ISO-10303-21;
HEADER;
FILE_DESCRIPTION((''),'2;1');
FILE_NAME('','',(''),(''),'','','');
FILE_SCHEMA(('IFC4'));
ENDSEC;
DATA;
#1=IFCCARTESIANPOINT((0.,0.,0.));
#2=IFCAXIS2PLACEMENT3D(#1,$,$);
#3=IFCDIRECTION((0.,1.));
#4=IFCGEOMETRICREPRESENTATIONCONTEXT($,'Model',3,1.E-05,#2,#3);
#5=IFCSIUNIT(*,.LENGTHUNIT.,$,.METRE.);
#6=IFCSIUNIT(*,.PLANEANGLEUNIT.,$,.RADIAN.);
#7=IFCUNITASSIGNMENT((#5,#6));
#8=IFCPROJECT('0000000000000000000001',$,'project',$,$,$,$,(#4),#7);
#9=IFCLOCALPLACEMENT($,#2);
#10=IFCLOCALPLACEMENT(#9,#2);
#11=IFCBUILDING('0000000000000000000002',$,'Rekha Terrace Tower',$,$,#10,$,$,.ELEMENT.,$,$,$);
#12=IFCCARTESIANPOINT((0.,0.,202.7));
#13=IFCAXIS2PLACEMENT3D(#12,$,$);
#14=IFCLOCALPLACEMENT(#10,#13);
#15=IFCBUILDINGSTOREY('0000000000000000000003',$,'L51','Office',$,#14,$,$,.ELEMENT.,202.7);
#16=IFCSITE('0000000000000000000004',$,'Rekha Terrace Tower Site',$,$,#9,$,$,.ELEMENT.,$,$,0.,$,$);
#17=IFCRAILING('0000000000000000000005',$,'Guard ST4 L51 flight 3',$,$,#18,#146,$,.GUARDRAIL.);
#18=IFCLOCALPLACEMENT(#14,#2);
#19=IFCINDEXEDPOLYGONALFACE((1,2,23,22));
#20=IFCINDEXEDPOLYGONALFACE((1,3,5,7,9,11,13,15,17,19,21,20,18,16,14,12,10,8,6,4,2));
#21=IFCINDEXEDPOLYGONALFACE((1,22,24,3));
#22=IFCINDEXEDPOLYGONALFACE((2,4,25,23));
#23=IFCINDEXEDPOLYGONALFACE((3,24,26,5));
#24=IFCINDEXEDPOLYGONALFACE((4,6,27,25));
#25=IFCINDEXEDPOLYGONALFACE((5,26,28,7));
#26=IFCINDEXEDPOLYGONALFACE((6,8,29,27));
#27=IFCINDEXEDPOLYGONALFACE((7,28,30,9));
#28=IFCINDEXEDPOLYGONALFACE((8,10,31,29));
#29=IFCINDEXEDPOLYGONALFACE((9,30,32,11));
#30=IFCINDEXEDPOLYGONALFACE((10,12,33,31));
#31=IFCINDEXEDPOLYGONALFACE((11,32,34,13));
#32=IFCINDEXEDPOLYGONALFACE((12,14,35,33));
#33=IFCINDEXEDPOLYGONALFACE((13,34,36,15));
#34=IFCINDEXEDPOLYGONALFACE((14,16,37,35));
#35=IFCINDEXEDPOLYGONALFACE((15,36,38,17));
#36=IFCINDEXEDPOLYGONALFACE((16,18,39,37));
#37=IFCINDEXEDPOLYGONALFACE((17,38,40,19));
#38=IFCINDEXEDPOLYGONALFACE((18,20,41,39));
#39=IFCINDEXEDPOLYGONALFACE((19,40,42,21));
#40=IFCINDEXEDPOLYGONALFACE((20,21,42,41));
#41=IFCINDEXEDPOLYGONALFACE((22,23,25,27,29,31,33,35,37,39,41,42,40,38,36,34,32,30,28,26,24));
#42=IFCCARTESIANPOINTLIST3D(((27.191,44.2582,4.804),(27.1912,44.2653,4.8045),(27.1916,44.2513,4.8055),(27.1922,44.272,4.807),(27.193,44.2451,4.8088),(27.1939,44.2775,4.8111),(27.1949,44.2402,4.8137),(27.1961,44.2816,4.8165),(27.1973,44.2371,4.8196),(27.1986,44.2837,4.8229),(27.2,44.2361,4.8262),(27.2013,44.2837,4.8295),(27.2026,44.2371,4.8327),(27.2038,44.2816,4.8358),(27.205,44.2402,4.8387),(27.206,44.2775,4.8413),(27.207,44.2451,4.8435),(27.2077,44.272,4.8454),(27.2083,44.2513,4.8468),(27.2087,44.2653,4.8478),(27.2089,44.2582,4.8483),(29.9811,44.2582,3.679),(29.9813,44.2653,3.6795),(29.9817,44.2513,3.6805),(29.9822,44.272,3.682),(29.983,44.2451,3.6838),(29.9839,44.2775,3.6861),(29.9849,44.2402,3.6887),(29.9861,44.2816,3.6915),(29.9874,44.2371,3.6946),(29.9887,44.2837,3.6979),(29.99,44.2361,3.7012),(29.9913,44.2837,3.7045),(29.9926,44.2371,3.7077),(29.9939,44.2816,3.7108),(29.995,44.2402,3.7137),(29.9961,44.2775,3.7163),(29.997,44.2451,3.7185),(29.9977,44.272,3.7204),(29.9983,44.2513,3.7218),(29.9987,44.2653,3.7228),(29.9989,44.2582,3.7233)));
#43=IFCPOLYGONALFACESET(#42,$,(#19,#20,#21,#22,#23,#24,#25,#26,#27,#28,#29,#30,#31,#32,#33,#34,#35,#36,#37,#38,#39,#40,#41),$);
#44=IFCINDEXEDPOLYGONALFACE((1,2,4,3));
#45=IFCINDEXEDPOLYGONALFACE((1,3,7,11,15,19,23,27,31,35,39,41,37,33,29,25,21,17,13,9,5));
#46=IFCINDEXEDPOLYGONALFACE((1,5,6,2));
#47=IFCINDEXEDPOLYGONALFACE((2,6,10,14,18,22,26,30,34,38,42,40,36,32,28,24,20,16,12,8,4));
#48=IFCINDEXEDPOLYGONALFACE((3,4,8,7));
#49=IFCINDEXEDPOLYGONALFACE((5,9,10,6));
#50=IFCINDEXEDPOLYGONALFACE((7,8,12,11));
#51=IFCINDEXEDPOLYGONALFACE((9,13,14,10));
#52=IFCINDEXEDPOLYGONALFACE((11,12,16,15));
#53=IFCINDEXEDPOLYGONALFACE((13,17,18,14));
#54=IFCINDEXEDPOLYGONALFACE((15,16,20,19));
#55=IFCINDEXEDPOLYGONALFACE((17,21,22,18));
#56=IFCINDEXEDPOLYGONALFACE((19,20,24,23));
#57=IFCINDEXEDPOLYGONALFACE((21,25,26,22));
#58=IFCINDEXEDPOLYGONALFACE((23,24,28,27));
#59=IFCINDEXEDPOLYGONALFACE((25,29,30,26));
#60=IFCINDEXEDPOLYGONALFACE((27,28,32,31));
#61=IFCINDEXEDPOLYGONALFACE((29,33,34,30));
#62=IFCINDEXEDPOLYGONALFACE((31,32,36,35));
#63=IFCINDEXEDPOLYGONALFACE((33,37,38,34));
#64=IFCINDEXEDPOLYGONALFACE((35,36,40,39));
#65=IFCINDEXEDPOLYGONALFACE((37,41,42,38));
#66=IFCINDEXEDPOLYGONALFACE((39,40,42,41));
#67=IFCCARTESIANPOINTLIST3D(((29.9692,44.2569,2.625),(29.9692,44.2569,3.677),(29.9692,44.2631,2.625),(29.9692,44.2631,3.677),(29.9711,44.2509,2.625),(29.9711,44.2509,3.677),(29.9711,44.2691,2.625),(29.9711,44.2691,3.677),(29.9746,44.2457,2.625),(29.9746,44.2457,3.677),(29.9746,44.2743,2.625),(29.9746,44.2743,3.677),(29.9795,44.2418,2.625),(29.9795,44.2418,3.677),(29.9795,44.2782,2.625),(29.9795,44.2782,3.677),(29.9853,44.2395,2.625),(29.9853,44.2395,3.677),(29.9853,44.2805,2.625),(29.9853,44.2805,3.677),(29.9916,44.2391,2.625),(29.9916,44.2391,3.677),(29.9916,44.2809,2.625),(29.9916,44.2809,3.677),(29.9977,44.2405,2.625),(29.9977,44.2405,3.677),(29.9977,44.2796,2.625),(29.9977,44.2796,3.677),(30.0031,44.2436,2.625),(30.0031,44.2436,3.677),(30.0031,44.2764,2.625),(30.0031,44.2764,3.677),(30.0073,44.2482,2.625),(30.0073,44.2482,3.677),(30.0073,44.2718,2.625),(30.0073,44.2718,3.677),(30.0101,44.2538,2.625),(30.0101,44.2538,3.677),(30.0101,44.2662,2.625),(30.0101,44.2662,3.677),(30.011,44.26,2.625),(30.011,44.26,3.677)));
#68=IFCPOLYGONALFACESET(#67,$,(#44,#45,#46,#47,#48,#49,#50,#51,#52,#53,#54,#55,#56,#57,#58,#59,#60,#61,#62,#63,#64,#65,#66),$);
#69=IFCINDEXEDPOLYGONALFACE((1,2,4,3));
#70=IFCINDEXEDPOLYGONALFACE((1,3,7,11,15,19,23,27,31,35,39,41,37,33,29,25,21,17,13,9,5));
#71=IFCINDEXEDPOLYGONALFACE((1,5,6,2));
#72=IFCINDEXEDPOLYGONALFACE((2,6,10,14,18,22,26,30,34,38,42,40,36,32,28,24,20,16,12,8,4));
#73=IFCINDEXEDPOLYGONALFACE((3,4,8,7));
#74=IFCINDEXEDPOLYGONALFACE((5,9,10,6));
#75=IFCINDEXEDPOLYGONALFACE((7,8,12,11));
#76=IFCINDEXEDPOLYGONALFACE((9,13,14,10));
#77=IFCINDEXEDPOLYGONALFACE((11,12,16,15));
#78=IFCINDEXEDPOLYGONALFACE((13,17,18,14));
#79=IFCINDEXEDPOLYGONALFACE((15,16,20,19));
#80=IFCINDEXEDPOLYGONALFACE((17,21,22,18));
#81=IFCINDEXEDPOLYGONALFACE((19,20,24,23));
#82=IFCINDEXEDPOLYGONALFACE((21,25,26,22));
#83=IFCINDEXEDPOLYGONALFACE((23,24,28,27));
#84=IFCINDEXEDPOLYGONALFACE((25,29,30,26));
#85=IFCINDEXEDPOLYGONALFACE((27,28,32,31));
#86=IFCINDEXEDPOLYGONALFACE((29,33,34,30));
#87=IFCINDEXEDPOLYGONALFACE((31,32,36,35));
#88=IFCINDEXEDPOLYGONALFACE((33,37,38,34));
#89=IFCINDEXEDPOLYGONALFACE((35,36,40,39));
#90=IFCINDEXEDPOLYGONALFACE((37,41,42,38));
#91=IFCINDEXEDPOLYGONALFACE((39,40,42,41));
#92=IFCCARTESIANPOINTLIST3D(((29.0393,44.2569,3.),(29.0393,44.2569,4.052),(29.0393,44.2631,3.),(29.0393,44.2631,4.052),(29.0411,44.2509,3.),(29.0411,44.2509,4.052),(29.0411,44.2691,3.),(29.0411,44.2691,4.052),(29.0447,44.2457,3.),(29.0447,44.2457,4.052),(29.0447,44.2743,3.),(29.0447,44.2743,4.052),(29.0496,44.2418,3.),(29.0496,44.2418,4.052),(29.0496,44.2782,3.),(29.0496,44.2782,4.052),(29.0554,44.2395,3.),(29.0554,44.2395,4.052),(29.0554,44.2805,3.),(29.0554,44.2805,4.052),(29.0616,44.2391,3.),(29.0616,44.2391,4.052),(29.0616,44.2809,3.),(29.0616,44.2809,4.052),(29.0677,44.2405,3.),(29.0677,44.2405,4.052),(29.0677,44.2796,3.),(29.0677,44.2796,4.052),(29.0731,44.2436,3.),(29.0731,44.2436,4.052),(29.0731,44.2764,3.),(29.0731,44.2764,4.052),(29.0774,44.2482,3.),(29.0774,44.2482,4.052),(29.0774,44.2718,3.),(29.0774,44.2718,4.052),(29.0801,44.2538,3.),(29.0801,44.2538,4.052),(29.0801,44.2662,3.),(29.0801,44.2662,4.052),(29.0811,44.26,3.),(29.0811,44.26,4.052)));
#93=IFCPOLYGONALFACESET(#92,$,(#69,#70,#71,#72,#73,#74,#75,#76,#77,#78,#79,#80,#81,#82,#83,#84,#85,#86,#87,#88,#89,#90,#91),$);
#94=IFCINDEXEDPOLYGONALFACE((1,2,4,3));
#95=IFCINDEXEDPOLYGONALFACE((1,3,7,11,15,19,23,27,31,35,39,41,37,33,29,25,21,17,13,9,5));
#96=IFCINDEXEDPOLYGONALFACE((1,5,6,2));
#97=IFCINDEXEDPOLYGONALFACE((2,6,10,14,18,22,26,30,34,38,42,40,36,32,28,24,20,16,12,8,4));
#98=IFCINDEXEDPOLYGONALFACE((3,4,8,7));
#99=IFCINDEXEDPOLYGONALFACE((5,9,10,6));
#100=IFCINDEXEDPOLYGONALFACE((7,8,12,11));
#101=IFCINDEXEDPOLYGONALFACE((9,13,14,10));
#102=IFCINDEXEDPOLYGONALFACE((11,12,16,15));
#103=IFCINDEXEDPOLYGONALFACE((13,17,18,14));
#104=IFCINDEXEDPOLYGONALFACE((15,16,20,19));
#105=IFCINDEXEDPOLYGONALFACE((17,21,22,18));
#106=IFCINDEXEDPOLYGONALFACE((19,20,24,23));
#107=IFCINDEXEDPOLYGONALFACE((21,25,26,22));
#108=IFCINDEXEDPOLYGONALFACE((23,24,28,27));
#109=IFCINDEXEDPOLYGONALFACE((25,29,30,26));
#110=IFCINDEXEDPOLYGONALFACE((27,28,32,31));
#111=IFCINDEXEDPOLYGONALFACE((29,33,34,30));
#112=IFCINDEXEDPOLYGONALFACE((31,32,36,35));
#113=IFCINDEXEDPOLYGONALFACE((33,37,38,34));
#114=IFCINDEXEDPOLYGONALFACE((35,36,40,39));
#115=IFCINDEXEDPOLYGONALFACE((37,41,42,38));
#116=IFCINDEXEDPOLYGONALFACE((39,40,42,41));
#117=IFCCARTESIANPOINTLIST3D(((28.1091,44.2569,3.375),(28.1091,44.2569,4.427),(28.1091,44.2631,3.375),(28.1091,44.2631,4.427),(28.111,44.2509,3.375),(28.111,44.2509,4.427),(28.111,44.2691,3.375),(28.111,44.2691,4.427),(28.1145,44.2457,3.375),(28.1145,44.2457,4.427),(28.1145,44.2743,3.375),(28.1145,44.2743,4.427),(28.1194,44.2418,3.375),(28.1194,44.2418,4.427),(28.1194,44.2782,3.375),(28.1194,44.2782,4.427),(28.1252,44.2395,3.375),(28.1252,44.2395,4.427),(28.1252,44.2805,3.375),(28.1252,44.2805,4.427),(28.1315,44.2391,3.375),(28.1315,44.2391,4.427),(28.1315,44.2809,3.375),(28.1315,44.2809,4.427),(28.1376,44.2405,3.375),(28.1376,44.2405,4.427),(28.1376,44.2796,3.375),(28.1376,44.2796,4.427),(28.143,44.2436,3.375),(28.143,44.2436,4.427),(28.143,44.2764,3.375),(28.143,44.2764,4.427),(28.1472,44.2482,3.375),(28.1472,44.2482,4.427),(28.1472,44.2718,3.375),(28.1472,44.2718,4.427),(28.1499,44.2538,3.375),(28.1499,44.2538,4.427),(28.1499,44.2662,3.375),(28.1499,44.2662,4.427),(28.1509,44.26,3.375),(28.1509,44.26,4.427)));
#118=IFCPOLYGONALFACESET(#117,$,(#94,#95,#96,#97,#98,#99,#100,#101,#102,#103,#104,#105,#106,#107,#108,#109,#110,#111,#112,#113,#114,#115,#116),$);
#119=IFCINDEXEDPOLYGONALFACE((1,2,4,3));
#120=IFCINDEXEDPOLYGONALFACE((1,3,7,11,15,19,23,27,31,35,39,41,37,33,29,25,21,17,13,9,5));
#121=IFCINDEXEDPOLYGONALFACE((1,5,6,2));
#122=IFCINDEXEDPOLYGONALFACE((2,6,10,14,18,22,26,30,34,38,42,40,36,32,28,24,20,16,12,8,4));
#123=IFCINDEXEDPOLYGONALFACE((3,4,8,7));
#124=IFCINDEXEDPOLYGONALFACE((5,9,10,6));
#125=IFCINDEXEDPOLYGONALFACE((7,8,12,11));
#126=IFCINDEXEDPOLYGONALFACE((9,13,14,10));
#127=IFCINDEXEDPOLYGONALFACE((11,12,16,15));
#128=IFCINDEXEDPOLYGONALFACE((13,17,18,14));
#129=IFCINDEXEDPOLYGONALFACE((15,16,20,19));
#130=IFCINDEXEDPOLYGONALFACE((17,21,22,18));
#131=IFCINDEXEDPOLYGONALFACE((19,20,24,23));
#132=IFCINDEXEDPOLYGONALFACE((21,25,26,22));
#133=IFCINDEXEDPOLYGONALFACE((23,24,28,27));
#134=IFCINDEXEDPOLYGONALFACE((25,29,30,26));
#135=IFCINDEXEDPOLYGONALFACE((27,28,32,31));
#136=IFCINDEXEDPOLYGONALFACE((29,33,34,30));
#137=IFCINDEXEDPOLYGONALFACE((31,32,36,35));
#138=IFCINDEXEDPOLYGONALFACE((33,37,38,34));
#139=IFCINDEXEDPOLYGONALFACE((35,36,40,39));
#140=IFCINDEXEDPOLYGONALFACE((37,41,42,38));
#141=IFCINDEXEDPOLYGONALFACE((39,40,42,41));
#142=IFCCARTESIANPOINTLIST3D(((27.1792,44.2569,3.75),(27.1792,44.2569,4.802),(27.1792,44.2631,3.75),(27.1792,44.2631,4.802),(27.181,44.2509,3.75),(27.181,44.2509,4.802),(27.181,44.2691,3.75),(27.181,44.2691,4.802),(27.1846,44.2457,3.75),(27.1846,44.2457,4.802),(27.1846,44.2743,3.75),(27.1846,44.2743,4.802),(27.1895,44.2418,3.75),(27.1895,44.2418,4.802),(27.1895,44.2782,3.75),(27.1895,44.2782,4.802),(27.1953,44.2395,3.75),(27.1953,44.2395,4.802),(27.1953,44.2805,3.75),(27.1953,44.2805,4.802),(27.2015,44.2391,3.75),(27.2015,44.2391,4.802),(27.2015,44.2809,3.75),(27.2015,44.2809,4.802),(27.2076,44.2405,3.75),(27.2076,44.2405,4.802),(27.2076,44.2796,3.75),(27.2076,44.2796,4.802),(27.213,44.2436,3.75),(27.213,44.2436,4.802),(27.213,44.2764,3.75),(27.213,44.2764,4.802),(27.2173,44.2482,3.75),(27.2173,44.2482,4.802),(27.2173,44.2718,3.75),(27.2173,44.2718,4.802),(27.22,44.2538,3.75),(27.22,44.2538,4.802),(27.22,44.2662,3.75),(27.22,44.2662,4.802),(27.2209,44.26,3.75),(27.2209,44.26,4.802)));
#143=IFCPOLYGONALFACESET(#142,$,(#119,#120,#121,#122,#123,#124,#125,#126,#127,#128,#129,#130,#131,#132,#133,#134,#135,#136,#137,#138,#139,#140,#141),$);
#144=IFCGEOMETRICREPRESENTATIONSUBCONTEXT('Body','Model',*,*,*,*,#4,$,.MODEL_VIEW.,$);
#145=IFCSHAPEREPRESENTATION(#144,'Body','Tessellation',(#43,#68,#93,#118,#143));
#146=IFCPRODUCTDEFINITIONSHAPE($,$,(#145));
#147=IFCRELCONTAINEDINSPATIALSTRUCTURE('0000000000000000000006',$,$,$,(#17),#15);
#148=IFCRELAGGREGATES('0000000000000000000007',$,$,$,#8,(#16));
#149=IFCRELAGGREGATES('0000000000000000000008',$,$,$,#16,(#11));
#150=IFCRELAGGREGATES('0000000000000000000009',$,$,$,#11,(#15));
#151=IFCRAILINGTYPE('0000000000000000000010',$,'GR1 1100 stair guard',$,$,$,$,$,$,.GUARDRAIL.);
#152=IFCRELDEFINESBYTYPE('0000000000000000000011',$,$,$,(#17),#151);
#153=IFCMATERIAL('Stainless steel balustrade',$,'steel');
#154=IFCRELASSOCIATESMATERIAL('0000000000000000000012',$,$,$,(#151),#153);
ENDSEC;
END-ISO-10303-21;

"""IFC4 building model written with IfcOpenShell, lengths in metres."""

from ifc_helpers import new_model, si_unit, direction, frame, origin, origin_2d, place, context, subcontext, project, spatial, circle, extrude, material, type_object, element, save


model = new_model("IFC4")

# Units and contexts
model_context = context("Model", 3, precision=1e-05, world=origin(), true_north=direction((0.0, 1.0)))
body_context = subcontext(model_context, "Body", "Model", "MODEL_VIEW")
ifc_project = project(units=[si_unit("LENGTHUNIT", "METRE"), si_unit("PLANEANGLEUNIT", "RADIAN")], contexts=[model_context])

# Site, building, storey
site_placement = place(None, origin())
site = spatial("IfcSite", under=ifc_project, at=site_placement, Name="Rekha Terrace Tower Site", CompositionType="ELEMENT", RefElevation=0.0)
building_placement = place(site_placement, origin())
building = spatial("IfcBuilding", under=site, at=building_placement, Name="Rekha Terrace Tower", CompositionType="ELEMENT")
storey_placement = place(building_placement, frame((0.0, 0.0, 202.7)))
storey = spatial("IfcBuildingStorey", under=building, at=storey_placement, Name="L51", Description="Office", CompositionType="ELEMENT", Elevation=202.7)

# Railing
ifc_material_1 = material(Name="Stainless steel balustrade", Category="steel")
railing_type_1 = type_object("IfcRailingType", Name="GR1 1100 stair guard", PredefinedType="GUARDRAIL", material=ifc_material_1)
railing_1_placement = place(storey_placement, frame((29.99, 44.26, 2.625)))
element("IfcRailing", 1, at=railing_1_placement, inside=storey, type_object=railing_type_1, Name="Guard ST4 L51 flight 3", PredefinedType="GUARDRAIL", context=body_context, shape_type="SweptSolid", body=[
    extrude(circle(Radius=0.0239, at=origin_2d()), frame((0.0, 0.0, 1.0762), z_axis=(-0.927443, 0.0, 0.373964), x_axis=(0.0, -1.0, 0.0)), (0.0, 0.0, 1.0), 3.0083),
    extrude(circle(Radius=0.021, at=origin_2d()), origin(), (0.0, 0.0, 1.0), 1.052),
    extrude(circle(Radius=0.021, at=origin_2d()), frame((-0.9299, 0.0, 0.375)), (0.0, 0.0, 1.0), 1.052),
    extrude(circle(Radius=0.021, at=origin_2d()), frame((-1.8601, 0.0, 0.75)), (0.0, 0.0, 1.0), 1.052),
    extrude(circle(Radius=0.021, at=origin_2d()), frame((-2.79, 0.0, 1.125)), (0.0, 0.0, 1.0), 1.052),
])

save(model, "model.ifc")
